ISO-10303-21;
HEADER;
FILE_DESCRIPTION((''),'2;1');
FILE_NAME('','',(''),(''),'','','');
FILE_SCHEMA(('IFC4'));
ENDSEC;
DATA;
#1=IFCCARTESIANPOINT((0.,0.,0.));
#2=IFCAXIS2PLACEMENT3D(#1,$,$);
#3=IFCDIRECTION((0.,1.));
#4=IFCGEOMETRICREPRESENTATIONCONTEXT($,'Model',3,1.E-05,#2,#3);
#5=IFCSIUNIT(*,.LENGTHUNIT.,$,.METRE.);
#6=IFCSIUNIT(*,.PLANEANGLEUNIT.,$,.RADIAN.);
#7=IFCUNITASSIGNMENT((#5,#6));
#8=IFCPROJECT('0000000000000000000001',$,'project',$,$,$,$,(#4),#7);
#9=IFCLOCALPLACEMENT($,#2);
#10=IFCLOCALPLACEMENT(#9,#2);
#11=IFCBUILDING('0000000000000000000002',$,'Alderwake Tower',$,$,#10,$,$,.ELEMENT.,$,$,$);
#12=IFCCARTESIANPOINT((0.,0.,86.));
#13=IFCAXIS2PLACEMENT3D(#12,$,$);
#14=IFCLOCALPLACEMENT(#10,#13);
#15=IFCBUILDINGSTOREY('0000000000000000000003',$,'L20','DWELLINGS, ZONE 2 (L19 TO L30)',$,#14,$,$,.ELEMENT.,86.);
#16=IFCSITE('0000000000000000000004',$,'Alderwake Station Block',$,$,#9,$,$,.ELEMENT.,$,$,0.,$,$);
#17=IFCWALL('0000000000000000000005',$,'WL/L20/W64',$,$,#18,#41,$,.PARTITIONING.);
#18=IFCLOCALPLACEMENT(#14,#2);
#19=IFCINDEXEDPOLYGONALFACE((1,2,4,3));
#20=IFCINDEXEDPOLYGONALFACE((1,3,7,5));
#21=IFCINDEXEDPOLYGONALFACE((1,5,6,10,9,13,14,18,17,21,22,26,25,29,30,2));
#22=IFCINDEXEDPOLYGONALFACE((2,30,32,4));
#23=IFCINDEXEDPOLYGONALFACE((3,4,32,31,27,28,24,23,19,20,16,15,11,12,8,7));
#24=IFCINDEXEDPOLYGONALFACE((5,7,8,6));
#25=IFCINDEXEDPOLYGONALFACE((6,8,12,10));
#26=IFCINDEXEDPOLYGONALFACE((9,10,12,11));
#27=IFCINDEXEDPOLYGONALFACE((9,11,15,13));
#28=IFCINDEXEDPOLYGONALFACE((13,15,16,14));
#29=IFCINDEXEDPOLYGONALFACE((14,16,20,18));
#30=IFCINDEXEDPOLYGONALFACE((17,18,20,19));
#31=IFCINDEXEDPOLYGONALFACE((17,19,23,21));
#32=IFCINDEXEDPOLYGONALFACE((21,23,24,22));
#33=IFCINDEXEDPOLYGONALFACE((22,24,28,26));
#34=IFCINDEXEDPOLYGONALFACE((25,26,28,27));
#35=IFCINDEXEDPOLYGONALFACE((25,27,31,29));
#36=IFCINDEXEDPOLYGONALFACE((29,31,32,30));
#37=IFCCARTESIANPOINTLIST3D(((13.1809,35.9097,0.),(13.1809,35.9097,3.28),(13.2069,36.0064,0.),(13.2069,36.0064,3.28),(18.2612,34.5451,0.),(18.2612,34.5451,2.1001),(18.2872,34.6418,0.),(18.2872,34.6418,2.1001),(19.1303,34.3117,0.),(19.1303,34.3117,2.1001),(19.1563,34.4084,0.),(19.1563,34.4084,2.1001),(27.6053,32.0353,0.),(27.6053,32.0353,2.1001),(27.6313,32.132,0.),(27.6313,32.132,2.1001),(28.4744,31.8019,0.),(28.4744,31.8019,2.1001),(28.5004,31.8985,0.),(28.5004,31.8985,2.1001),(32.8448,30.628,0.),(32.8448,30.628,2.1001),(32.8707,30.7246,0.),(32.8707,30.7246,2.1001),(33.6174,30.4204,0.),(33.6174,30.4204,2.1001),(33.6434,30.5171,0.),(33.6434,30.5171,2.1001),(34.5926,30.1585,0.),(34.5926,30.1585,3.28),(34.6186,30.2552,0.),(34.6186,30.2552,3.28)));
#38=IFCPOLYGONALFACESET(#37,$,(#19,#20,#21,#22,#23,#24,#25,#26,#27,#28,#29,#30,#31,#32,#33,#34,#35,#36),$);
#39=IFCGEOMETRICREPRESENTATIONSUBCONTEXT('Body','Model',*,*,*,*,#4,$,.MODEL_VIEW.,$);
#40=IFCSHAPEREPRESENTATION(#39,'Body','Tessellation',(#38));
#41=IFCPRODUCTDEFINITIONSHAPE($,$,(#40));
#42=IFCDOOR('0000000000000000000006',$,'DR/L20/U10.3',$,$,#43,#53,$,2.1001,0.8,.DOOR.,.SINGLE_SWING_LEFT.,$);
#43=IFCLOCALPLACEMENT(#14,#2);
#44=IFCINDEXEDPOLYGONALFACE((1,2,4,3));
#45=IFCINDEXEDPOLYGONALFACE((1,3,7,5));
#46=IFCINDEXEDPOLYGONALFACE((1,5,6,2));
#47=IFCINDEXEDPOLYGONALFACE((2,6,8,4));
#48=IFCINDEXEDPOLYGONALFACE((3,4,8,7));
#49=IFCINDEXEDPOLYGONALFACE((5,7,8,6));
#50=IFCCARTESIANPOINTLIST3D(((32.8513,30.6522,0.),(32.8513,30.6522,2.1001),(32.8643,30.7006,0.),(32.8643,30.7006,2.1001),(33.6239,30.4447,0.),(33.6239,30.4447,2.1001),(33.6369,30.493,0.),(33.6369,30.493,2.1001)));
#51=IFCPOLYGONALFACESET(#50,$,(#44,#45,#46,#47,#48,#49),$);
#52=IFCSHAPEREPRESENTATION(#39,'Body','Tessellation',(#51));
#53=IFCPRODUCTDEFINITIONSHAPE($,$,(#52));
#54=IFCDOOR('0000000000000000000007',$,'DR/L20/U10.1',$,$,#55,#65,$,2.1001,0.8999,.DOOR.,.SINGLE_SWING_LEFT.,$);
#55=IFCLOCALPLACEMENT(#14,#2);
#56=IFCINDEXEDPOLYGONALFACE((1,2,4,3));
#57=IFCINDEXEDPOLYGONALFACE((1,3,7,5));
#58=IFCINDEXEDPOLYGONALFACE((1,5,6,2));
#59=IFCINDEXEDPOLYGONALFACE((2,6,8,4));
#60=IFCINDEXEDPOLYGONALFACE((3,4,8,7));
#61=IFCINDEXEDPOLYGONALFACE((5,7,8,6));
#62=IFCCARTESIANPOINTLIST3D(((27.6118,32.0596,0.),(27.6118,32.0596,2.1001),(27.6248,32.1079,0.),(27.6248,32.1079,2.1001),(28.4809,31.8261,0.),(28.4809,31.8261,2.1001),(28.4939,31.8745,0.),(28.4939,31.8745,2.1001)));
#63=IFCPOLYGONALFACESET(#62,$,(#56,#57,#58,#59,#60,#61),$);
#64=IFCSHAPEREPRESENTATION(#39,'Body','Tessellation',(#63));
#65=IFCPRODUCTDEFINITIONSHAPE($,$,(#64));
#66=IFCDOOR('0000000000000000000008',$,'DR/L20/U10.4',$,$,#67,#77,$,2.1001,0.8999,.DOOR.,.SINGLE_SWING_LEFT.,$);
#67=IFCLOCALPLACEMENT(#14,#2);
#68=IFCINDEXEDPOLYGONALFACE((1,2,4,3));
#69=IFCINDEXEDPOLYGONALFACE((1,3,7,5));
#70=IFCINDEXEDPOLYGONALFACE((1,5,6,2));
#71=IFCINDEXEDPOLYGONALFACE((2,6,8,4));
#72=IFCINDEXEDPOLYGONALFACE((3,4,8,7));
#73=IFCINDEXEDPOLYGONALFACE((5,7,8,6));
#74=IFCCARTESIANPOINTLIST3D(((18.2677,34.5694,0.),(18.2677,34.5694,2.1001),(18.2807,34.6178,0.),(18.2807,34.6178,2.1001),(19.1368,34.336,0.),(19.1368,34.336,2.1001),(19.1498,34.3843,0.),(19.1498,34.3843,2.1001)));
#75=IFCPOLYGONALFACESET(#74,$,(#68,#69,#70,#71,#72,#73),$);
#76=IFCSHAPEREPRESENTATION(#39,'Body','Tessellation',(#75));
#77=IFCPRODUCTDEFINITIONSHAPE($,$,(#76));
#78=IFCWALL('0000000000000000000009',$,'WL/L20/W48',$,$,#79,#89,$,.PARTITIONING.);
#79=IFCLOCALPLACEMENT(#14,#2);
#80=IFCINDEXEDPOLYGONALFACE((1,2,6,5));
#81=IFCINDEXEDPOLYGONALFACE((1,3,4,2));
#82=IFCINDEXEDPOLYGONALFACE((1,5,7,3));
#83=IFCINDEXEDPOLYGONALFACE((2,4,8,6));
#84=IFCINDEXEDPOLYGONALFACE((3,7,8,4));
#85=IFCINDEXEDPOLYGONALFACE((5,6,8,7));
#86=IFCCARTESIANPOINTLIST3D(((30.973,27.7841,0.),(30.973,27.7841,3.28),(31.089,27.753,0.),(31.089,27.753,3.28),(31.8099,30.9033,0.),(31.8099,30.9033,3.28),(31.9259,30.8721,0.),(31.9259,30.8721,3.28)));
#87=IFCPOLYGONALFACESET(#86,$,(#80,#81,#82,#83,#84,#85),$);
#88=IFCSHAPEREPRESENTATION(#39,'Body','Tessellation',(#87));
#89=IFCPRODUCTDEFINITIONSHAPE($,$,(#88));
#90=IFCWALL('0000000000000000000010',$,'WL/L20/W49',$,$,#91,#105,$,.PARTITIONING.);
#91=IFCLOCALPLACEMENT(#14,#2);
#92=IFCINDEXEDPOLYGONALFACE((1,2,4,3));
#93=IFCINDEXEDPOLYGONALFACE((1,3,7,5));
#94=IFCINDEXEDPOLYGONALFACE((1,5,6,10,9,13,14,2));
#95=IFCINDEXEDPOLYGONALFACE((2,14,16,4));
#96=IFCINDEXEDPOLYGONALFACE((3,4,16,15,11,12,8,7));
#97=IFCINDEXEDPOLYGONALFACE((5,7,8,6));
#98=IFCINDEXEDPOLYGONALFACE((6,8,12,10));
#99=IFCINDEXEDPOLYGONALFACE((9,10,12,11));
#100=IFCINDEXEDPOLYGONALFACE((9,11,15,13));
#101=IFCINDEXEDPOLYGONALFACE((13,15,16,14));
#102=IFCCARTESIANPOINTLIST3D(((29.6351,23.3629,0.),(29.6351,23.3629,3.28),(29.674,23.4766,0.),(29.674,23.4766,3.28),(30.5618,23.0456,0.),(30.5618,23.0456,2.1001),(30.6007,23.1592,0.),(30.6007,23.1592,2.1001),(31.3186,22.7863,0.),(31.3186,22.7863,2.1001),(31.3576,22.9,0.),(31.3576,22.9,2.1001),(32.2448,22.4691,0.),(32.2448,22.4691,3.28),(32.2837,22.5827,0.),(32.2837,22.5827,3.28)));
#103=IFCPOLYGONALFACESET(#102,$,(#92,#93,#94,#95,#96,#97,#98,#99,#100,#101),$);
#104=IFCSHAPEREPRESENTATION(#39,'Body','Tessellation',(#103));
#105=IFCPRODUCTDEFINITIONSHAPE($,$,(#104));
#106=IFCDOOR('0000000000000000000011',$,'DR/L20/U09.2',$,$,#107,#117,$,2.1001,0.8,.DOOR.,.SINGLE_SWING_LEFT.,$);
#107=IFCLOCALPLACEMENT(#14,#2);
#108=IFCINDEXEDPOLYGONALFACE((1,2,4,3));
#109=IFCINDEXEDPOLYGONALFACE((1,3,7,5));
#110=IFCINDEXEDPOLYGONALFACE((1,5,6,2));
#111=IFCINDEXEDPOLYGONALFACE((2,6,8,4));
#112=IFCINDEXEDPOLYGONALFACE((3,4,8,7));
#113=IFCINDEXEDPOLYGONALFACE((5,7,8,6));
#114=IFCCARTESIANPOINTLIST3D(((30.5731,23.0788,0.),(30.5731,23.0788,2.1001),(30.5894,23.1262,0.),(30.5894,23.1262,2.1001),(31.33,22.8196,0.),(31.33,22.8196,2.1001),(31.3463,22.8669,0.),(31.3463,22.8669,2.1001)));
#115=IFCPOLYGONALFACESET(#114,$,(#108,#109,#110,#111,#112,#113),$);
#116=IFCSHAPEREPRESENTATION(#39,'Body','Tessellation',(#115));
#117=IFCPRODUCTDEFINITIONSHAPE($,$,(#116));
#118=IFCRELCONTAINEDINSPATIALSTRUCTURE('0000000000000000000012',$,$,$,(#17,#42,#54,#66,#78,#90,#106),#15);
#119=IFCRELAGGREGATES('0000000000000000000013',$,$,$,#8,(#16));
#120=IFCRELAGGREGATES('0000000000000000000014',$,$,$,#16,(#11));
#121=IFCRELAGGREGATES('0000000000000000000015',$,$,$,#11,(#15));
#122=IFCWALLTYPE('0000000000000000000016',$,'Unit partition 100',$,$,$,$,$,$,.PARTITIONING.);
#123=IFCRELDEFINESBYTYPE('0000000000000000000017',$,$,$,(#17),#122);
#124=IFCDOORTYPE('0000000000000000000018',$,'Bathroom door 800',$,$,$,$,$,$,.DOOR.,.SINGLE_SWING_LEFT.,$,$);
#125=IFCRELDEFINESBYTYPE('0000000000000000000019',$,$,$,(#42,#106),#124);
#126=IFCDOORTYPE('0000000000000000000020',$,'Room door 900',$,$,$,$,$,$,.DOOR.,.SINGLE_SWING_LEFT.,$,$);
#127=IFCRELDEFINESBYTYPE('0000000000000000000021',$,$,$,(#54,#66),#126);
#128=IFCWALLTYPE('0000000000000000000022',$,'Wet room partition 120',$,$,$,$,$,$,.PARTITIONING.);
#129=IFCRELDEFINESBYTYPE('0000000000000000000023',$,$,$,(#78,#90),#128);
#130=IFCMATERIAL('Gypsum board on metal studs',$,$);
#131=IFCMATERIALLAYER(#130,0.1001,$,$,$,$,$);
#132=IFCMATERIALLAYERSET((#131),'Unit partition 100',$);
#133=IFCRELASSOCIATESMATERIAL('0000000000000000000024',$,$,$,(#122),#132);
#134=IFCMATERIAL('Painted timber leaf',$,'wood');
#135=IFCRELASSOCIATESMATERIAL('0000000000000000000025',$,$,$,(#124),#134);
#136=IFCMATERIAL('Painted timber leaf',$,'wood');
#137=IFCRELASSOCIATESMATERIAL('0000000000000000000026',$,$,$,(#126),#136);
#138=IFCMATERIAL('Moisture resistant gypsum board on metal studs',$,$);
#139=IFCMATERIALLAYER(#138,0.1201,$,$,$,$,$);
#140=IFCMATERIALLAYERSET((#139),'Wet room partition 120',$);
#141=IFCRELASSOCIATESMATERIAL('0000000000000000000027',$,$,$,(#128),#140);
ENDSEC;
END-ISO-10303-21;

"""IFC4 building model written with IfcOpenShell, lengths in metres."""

from ifc_helpers import new_model, si_unit, direction, frame, frame_2d, origin, place, context, subcontext, project, spatial, rectangle, extrude, material, layer, layer_set, type_object, element, fill, save


model = new_model("IFC4")

# Units and contexts
model_context = context("Model", 3, precision=1e-05, world=origin(), true_north=direction((0.0, 1.0)))
body_context = subcontext(model_context, "Body", "Model", "MODEL_VIEW")
ifc_project = project(units=[si_unit("LENGTHUNIT", "METRE"), si_unit("PLANEANGLEUNIT", "RADIAN")], contexts=[model_context])

# Site, building, storey
site_placement = place(None, origin())
site = spatial("IfcSite", under=ifc_project, at=site_placement, Name="Alderwake Station Block", CompositionType="ELEMENT", RefElevation=0.0)
building_placement = place(site_placement, origin())
building = spatial("IfcBuilding", under=site, at=building_placement, Name="Alderwake Tower", CompositionType="ELEMENT")
storey_placement = place(building_placement, frame((0.0, 0.0, 86.0)))
storey = spatial("IfcBuildingStorey", under=building, at=storey_placement, Name="L20", Description="DWELLINGS, ZONE 2 (L19 TO L30)", CompositionType="ELEMENT", Elevation=86.0)

# Wall, openings, doors
ifc_material_1 = material(Name="Gypsum board on metal studs")
ifc_layer_1 = layer(ifc_material_1, 0.1001)
ifc_layer_set_1 = layer_set([ifc_layer_1], Name="Unit partition 100")
wall_type_1 = type_object("IfcWallType", Name="Unit partition 100", PredefinedType="PARTITIONING", material=ifc_layer_set_1)
wall_1_placement = place(storey_placement, frame((34.6057, 30.2068, 0.0), z_axis=(0.0, 0.0, 1.0), x_axis=(-0.965768, 0.259408, 0.0)))
wall_1 = element("IfcWall", 1, at=wall_1_placement, inside=storey, type_object=wall_type_1, Name="WL/L20/W64", PredefinedType="PARTITIONING", context=body_context, shape_type="SweptSolid", body=[
    extrude(rectangle(XDim=22.1707, YDim=0.1001, at=frame_2d((11.0854, 0.0))), origin(), (0.0, 0.0, 1.0), 3.28),
])
opening_1_placement = place(wall_1_placement, frame((6.3352, 0.0, 0.0)))
opening_1 = element("IfcOpeningElement", 2, at=opening_1_placement, cuts=wall_1, PredefinedType="OPENING", context=body_context, shape_type="SweptSolid", body=[
    extrude(rectangle(XDim=0.8999, YDim=2.1001, at=frame_2d((0.45, 1.05))), frame((0.0, 0.0601, 0.0), z_axis=(0.0, -1.0, 0.0), x_axis=(1.0, 0.0, 0.0)), (0.0, 0.0, 1.0), 0.1201),
])
opening_2_placement = place(wall_1_placement, frame((1.01, 0.0, 0.0)))
opening_2 = element("IfcOpeningElement", 3, at=opening_2_placement, cuts=wall_1, PredefinedType="OPENING", context=body_context, shape_type="SweptSolid", body=[
    extrude(rectangle(XDim=0.8, YDim=2.1001, at=frame_2d((0.3999, 1.05))), frame((0.0, 0.0601, 0.0), z_axis=(0.0, -1.0, 0.0), x_axis=(1.0, 0.0, 0.0)), (0.0, 0.0, 1.0), 0.1201),
])
opening_3_placement = place(wall_1_placement, frame((16.0105, 0.0, 0.0)))
opening_3 = element("IfcOpeningElement", 4, at=opening_3_placement, cuts=wall_1, PredefinedType="OPENING", context=body_context, shape_type="SweptSolid", body=[
    extrude(rectangle(XDim=0.8999, YDim=2.1001, at=frame_2d((0.45, 1.05))), frame((0.0, 0.0601, 0.0), z_axis=(0.0, -1.0, 0.0), x_axis=(1.0, 0.0, 0.0)), (0.0, 0.0, 1.0), 0.1201),
])
ifc_material_2 = material(Name="Painted timber leaf", Category="wood")
door_type_1 = type_object("IfcDoorType", Name="Bathroom door 800", OperationType="SINGLE_SWING_LEFT", PredefinedType="DOOR", material=ifc_material_2)
door_1_placement = place(opening_2_placement, origin())
door_1 = element("IfcDoor", 5, at=door_1_placement, inside=storey, type_object=door_type_1, Name="DR/L20/U10.3", OperationType="SINGLE_SWING_LEFT", OverallHeight=2.1001, OverallWidth=0.8, PredefinedType="DOOR", context=body_context, shape_type="SweptSolid", body=[
    extrude(rectangle(XDim=0.8, YDim=2.1001, at=frame_2d((0.3999, 1.05))), frame((0.0, 0.0249, 0.0), z_axis=(0.0, -1.0, 0.0), x_axis=(1.0, 0.0, 0.0)), (0.0, 0.0, 1.0), 0.05),
])
fill(opening_2, door_1)
ifc_material_3 = material(Name="Painted timber leaf", Category="wood")
door_type_2 = type_object("IfcDoorType", Name="Room door 900", OperationType="SINGLE_SWING_LEFT", PredefinedType="DOOR", material=ifc_material_3)
door_2_placement = place(opening_1_placement, origin())
door_2 = element("IfcDoor", 6, at=door_2_placement, inside=storey, type_object=door_type_2, Name="DR/L20/U10.1", OperationType="SINGLE_SWING_LEFT", OverallHeight=2.1001, OverallWidth=0.8999, PredefinedType="DOOR", context=body_context, shape_type="SweptSolid", body=[
    extrude(rectangle(XDim=0.8999, YDim=2.1001, at=frame_2d((0.45, 1.05))), frame((0.0, 0.0249, 0.0), z_axis=(0.0, -1.0, 0.0), x_axis=(1.0, 0.0, 0.0)), (0.0, 0.0, 1.0), 0.05),
])
fill(opening_1, door_2)
door_3_placement = place(opening_3_placement, origin())
door_3 = element("IfcDoor", 7, at=door_3_placement, inside=storey, type_object=door_type_2, Name="DR/L20/U10.4", OperationType="SINGLE_SWING_LEFT", OverallHeight=2.1001, OverallWidth=0.8999, PredefinedType="DOOR", context=body_context, shape_type="SweptSolid", body=[
    extrude(rectangle(XDim=0.8999, YDim=2.1001, at=frame_2d((0.45, 1.05))), frame((0.0, 0.0249, 0.0), z_axis=(0.0, -1.0, 0.0), x_axis=(1.0, 0.0, 0.0)), (0.0, 0.0, 1.0), 0.05),
])
fill(opening_3, door_3)

# Wall
ifc_material_4 = material(Name="Moisture resistant gypsum board on metal studs")
ifc_layer_2 = layer(ifc_material_4, 0.1201)
ifc_layer_set_2 = layer_set([ifc_layer_2], Name="Wet room partition 120")
wall_type_2 = type_object("IfcWallType", Name="Wet room partition 120", PredefinedType="PARTITIONING", material=ifc_layer_set_2)
wall_2_placement = place(storey_placement, frame((31.8679, 30.8877, 0.0), z_axis=(0.0, 0.0, 1.0), x_axis=(-0.259149, -0.965837, 0.0)))
element("IfcWall", 8, at=wall_2_placement, inside=storey, type_object=wall_type_2, Name="WL/L20/W48", PredefinedType="PARTITIONING", context=body_context, shape_type="SweptSolid", body=[
    extrude(rectangle(XDim=3.2295, YDim=0.1201, at=frame_2d((1.6147, 0.0))), origin(), (0.0, 0.0, 1.0), 3.28),
])

# Wall, opening, door
wall_3_placement = place(storey_placement, frame((32.2644, 22.5259, 0.0), z_axis=(0.0, 0.0, 1.0), x_axis=(-0.946049, 0.324023, 0.0)))
wall_3 = element("IfcWall", 9, at=wall_3_placement, inside=storey, type_object=wall_type_2, Name="WL/L20/W49", PredefinedType="PARTITIONING", context=body_context, shape_type="SweptSolid", body=[
    extrude(rectangle(XDim=2.7585, YDim=0.1201, at=frame_2d((1.3794, 0.0))), origin(), (0.0, 0.0, 1.0), 3.28),
])
opening_4_placement = place(wall_3_placement, frame((0.9792, 0.0, 0.0)))
opening_4 = element("IfcOpeningElement", 10, at=opening_4_placement, cuts=wall_3, PredefinedType="OPENING", context=body_context, shape_type="SweptSolid", body=[
    extrude(rectangle(XDim=0.8, YDim=2.1001, at=frame_2d((0.3999, 1.05))), frame((0.0, 0.0701, 0.0), z_axis=(0.0, -1.0, 0.0), x_axis=(1.0, 0.0, 0.0)), (0.0, 0.0, 1.0), 0.1401),
])
door_4_placement = place(opening_4_placement, origin())
door_4 = element("IfcDoor", 11, at=door_4_placement, inside=storey, type_object=door_type_1, Name="DR/L20/U09.2", OperationType="SINGLE_SWING_LEFT", OverallHeight=2.1001, OverallWidth=0.8, PredefinedType="DOOR", context=body_context, shape_type="SweptSolid", body=[
    extrude(rectangle(XDim=0.8, YDim=2.1001, at=frame_2d((0.3999, 1.05))), frame((0.0, 0.0249, 0.0), z_axis=(0.0, -1.0, 0.0), x_axis=(1.0, 0.0, 0.0)), (0.0, 0.0, 1.0), 0.05),
])
fill(opening_4, door_4)

save(model, "model.ifc")
